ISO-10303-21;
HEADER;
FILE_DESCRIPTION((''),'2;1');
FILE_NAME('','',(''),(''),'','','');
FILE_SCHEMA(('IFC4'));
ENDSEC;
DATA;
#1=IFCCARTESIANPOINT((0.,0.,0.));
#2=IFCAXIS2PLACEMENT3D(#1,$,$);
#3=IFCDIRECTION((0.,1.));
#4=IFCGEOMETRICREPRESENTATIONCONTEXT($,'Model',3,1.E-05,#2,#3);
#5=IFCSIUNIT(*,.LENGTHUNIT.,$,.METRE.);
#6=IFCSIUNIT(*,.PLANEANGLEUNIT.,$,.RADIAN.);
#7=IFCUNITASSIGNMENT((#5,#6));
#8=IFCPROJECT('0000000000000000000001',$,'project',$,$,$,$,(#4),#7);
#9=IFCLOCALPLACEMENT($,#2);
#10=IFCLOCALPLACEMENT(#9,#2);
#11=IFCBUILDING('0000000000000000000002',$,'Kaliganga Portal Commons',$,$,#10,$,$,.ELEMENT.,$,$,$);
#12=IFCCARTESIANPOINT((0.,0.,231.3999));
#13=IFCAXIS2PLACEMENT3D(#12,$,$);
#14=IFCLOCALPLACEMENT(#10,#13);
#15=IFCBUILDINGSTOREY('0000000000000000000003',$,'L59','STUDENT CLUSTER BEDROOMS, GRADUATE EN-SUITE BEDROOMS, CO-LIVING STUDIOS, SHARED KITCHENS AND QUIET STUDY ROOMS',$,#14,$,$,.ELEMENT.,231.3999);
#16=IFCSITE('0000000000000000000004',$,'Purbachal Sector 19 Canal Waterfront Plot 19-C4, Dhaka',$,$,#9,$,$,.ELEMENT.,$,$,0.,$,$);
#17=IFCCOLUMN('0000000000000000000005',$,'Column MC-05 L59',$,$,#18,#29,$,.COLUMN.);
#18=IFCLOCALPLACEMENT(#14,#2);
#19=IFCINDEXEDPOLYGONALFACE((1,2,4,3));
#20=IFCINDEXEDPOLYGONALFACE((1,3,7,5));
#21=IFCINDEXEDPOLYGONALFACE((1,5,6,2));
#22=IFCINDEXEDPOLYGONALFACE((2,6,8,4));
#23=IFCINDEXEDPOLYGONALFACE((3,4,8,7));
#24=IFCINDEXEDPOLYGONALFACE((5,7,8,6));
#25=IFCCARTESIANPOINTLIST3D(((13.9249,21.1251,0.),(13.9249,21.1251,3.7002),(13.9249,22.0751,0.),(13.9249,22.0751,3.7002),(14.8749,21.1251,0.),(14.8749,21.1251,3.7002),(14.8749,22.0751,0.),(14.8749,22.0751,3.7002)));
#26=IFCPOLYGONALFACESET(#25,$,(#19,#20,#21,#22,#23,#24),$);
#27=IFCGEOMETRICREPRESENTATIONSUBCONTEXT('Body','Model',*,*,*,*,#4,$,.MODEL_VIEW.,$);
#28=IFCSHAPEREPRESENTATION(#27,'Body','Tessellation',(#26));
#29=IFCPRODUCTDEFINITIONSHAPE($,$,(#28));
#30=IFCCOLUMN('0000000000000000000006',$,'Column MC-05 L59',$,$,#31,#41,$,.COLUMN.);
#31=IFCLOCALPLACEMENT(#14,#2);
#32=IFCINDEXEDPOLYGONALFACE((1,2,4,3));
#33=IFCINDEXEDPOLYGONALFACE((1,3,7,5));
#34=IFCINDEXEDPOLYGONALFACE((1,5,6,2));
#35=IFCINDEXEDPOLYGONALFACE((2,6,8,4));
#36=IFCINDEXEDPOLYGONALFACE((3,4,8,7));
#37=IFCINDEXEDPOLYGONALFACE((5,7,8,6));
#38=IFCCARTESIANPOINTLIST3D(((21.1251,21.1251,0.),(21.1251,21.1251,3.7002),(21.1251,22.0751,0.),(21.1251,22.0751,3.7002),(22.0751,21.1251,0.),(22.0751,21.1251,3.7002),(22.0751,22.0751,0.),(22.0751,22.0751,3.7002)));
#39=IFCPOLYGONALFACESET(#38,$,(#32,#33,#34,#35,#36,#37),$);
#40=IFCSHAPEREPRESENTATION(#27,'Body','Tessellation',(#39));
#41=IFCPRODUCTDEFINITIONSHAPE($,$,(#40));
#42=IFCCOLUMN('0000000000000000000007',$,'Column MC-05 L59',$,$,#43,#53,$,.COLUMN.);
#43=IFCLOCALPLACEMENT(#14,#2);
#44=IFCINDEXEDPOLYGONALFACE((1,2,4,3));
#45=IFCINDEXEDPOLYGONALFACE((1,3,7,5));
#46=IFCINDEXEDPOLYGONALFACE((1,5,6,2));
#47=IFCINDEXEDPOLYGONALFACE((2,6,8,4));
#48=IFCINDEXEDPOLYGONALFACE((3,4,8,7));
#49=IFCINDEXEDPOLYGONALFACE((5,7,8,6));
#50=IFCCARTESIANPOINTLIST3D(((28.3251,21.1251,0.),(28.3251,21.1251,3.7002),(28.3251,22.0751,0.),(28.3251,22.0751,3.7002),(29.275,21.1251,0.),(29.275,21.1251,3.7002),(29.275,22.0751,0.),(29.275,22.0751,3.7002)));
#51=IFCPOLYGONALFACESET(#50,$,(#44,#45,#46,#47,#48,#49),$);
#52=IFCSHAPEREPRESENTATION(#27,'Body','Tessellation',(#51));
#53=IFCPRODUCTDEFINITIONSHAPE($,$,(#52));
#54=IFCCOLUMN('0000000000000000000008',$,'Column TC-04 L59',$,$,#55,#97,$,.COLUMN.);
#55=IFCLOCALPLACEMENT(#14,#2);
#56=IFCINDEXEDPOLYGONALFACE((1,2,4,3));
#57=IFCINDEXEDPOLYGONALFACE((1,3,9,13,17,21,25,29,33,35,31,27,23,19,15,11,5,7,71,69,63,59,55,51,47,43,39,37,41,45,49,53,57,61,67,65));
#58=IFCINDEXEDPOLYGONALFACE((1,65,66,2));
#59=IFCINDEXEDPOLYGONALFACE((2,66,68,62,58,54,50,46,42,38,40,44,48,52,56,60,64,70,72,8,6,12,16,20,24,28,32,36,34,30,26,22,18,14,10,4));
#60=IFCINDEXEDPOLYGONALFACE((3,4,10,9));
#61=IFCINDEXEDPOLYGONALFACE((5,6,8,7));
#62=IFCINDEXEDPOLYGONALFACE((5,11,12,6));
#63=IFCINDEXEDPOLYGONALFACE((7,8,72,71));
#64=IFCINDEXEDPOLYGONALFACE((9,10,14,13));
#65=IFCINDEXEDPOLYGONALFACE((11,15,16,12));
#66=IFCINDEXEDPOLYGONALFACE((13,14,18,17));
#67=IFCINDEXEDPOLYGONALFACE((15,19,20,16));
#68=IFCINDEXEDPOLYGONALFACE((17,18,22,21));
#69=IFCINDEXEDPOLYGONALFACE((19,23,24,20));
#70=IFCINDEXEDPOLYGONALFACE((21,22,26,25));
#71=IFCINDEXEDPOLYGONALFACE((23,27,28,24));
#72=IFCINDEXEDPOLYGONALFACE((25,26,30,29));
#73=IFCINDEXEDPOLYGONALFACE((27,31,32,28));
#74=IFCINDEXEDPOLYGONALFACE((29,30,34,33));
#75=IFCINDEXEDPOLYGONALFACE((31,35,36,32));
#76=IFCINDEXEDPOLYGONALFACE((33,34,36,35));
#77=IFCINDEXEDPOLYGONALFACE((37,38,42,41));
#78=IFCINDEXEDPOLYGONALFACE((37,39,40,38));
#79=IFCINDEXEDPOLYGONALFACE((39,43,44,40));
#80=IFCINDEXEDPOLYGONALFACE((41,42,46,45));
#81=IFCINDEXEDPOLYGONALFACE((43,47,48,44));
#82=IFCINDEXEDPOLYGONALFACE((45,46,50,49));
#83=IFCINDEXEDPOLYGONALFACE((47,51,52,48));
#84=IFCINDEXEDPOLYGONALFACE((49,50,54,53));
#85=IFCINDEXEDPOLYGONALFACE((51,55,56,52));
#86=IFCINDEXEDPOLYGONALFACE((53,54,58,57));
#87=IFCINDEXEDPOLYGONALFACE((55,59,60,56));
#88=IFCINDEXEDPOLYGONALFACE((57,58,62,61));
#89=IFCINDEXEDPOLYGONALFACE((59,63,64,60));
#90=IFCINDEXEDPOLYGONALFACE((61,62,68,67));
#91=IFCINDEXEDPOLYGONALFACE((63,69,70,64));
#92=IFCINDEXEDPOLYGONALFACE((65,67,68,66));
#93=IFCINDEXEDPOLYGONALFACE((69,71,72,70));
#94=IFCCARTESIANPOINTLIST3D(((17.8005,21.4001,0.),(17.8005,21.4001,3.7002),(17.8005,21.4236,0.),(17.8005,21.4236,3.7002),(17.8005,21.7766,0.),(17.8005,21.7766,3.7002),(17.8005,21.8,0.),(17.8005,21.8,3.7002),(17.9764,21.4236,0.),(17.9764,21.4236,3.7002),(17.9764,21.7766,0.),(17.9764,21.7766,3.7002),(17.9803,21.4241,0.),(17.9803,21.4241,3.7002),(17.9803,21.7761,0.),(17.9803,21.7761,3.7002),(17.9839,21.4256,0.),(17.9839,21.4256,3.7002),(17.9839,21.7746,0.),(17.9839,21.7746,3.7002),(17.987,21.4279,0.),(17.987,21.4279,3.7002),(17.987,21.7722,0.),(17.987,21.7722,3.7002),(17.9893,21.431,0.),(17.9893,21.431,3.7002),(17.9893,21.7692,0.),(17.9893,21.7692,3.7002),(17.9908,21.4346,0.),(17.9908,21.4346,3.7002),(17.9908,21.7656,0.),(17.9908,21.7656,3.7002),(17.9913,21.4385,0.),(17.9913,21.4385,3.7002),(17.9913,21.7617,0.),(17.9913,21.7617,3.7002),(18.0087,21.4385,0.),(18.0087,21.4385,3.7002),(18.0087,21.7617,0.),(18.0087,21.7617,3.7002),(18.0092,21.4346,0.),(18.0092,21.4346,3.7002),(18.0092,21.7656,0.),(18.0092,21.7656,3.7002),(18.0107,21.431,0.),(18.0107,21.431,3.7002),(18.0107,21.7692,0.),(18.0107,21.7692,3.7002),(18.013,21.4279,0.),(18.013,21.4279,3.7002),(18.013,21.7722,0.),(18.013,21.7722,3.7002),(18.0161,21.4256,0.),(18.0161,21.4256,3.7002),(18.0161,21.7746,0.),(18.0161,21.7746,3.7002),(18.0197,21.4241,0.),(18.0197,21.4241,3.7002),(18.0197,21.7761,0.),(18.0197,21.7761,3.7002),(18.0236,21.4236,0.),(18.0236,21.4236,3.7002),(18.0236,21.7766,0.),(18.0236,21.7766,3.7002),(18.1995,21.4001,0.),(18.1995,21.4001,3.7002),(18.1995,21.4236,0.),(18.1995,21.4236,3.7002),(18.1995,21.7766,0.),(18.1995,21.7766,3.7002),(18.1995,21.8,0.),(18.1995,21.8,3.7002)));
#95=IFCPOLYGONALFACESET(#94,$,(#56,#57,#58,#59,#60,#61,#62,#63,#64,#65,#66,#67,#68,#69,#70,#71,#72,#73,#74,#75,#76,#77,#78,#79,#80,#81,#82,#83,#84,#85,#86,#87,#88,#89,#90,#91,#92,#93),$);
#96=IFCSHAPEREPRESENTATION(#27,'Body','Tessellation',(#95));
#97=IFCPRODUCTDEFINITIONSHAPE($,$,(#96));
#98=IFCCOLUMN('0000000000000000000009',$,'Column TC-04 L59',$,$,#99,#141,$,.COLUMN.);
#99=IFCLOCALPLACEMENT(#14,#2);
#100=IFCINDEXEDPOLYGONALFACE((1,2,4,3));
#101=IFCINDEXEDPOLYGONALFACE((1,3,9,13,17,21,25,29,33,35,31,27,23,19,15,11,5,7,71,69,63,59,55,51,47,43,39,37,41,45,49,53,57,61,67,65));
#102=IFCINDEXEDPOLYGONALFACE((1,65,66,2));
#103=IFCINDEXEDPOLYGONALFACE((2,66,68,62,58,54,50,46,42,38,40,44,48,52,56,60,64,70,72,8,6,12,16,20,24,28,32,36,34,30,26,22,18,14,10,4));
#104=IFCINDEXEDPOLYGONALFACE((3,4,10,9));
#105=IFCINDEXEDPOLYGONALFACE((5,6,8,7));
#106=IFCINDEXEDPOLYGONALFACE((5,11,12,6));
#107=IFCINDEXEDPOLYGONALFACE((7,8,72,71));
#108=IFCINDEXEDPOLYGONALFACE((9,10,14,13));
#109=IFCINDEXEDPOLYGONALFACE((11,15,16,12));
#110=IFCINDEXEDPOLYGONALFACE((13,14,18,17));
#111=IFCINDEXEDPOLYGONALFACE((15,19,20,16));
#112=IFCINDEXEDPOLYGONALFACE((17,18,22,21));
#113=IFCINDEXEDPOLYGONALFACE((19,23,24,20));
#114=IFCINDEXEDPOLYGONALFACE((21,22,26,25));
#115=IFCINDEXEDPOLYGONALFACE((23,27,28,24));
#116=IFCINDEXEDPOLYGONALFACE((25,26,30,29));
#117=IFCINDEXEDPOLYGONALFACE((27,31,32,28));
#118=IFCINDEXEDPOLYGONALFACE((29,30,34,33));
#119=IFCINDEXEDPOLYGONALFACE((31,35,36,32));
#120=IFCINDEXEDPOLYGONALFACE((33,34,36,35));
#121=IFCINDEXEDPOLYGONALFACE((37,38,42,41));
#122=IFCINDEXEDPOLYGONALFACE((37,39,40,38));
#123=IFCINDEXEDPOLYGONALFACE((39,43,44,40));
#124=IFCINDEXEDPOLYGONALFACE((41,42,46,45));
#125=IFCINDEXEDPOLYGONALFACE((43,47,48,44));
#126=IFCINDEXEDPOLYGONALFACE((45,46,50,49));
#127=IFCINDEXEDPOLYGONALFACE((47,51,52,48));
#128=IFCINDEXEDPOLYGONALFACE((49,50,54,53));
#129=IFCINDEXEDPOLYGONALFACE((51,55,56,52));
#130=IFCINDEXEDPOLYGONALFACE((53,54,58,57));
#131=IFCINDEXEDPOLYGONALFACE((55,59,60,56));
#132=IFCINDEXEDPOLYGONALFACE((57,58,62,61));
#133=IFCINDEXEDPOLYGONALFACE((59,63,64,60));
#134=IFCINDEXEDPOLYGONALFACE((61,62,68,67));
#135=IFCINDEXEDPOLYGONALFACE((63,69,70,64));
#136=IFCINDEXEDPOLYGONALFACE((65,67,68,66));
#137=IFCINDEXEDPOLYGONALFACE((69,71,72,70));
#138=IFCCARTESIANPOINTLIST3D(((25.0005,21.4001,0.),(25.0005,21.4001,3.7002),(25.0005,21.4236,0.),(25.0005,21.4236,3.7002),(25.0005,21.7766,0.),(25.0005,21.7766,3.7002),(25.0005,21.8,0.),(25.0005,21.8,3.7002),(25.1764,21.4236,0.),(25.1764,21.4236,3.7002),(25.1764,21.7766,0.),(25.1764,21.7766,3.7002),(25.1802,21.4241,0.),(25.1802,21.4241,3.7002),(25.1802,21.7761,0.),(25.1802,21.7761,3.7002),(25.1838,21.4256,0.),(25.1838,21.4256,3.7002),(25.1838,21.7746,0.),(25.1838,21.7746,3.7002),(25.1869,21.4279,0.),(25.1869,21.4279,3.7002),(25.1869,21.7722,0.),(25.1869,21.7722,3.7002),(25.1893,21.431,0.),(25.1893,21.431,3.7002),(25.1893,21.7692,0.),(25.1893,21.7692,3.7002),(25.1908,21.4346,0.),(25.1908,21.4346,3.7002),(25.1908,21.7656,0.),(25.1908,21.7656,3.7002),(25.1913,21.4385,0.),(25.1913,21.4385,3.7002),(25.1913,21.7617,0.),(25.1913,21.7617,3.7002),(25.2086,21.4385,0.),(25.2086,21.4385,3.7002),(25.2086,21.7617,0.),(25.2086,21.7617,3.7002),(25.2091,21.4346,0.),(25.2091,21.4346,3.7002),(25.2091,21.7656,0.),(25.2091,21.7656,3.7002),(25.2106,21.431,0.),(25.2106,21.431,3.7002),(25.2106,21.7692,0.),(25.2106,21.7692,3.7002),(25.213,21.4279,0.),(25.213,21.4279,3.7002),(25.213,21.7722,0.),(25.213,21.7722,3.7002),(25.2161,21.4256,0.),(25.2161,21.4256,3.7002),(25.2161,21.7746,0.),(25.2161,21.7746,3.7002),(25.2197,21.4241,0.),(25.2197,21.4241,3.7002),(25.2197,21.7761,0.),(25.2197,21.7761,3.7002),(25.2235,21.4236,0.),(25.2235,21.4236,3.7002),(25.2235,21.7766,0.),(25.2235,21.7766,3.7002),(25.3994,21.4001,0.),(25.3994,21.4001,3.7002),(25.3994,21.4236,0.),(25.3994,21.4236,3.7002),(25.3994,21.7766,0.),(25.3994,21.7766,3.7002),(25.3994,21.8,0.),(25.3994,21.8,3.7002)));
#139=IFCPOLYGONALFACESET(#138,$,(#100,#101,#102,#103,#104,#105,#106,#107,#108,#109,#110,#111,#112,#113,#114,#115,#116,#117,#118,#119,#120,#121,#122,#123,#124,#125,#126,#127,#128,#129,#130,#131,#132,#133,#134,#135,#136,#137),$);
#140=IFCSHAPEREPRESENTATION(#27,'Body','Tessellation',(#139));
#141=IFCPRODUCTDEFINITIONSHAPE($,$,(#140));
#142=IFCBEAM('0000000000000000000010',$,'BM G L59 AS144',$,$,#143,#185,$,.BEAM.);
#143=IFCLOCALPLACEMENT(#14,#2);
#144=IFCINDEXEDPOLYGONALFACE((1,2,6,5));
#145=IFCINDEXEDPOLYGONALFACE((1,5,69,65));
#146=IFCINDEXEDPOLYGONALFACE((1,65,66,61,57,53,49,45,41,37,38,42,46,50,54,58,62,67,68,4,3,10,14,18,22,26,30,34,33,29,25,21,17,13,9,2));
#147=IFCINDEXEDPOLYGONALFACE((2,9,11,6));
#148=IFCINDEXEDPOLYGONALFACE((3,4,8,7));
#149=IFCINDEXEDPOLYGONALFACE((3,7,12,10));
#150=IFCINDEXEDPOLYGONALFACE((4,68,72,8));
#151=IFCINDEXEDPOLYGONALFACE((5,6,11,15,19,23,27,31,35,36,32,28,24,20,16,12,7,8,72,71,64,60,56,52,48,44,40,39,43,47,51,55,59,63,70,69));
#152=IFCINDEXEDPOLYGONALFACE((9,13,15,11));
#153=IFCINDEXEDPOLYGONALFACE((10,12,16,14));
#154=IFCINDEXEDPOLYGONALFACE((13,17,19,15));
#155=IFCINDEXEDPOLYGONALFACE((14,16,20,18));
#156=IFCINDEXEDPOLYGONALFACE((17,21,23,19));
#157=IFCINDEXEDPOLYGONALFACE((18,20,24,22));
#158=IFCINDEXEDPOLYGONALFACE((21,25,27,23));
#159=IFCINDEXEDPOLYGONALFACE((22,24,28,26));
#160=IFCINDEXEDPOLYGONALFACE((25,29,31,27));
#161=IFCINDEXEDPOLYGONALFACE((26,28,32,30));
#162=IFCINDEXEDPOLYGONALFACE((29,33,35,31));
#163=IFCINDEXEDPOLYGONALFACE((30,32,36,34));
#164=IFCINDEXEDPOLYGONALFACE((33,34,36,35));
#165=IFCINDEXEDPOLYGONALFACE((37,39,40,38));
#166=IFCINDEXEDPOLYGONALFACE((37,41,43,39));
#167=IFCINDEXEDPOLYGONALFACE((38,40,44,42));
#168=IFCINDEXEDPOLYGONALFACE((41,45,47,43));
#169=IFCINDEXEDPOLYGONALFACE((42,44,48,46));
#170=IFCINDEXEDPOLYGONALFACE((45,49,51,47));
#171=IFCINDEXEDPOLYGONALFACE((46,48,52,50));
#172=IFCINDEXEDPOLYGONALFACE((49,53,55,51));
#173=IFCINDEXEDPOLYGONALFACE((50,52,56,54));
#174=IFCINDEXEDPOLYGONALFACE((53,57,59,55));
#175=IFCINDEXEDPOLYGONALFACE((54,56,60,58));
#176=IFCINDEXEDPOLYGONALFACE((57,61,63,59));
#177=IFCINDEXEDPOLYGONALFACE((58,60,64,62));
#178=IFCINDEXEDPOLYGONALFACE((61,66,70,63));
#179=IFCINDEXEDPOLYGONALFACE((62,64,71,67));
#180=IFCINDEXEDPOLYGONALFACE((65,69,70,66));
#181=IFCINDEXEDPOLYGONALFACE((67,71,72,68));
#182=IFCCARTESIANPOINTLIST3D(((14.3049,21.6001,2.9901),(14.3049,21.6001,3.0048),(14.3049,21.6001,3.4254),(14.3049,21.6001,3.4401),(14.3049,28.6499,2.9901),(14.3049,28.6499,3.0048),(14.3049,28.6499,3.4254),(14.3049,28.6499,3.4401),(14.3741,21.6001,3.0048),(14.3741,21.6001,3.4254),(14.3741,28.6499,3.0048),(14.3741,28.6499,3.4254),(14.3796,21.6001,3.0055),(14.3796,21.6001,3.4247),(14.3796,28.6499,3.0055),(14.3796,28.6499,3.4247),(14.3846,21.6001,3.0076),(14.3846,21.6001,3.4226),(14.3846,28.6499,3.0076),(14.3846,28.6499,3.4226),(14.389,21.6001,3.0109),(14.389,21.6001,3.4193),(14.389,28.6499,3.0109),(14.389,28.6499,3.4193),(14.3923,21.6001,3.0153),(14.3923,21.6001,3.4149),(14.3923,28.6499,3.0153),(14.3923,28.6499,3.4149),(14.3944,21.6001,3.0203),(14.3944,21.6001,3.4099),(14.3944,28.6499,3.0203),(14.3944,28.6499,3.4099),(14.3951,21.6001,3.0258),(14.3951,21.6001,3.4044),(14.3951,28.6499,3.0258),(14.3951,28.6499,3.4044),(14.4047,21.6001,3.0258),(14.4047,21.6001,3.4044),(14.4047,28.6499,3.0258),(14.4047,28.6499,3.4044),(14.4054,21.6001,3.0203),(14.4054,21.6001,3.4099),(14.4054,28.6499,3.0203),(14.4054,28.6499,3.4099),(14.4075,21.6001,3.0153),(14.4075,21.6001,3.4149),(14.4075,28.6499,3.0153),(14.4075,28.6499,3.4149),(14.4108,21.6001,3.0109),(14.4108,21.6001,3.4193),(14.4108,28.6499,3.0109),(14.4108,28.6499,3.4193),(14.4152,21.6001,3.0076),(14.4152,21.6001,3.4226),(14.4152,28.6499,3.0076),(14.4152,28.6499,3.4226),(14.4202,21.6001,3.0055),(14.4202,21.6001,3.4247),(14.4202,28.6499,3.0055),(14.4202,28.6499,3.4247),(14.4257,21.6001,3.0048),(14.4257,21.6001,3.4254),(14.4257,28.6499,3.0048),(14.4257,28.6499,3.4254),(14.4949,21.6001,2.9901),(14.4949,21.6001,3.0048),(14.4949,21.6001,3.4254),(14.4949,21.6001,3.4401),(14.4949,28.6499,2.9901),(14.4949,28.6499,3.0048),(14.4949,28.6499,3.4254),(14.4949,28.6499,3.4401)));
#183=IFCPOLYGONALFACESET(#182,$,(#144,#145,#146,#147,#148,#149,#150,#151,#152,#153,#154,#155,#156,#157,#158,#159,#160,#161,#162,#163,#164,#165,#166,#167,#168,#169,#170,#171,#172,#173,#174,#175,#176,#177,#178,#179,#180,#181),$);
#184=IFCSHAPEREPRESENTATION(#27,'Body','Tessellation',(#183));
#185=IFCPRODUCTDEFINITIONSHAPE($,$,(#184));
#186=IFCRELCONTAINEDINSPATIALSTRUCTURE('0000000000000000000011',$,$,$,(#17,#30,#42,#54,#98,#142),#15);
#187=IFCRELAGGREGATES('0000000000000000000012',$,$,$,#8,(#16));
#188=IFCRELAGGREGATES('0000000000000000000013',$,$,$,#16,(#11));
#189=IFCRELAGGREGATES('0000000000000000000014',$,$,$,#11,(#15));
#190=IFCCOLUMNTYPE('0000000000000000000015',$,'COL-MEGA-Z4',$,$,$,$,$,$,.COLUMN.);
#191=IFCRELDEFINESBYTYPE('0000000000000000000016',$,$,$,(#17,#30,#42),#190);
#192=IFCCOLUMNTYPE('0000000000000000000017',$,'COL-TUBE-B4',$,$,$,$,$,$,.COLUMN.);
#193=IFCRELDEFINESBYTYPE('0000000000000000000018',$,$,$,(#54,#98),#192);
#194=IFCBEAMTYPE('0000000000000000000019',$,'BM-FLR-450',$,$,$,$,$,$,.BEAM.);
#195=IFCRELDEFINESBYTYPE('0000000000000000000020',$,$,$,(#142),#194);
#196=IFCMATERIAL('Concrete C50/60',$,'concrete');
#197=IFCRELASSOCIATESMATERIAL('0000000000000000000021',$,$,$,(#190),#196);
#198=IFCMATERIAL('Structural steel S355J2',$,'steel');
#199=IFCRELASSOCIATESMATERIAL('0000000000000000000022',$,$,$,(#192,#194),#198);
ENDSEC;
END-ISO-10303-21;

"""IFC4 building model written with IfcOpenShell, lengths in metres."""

from ifc_helpers import new_model, si_unit, direction, frame, origin, origin_2d, place, context, subcontext, project, spatial, rectangle, i_section, extrude, source, transform, mapped, material, material_profile, profile_set, type_object, element, save


model = new_model("IFC4")

# Units and contexts
model_context = context("Model", 3, precision=1e-05, world=origin(), true_north=direction((0.0, 1.0)))
body_context = subcontext(model_context, "Body", "Model", "MODEL_VIEW")
ifc_project = project(units=[si_unit("LENGTHUNIT", "METRE"), si_unit("PLANEANGLEUNIT", "RADIAN")], contexts=[model_context])

# Site, building, storey
site_placement = place(None, origin())
site = spatial("IfcSite", under=ifc_project, at=site_placement, Name="Purbachal Sector 19 Canal Waterfront Plot 19-C4, Dhaka", CompositionType="ELEMENT", RefElevation=0.0)
building_placement = place(site_placement, origin())
building = spatial("IfcBuilding", under=site, at=building_placement, Name="Kaliganga Portal Commons", CompositionType="ELEMENT")
storey_placement = place(building_placement, frame((0.0, 0.0, 231.3999)))
storey = spatial("IfcBuildingStorey", under=building, at=storey_placement, Name="L59", Description="STUDENT CLUSTER BEDROOMS, GRADUATE EN-SUITE BEDROOMS, CO-LIVING STUDIOS, SHARED KITCHENS AND QUIET STUDY ROOMS", CompositionType="ELEMENT", Elevation=231.3999)

# Columns
ifc_material_1 = material(Name="Concrete C50/60", Category="concrete")
ifc_material_profile_1 = material_profile(ifc_material_1, rectangle(XDim=0.95, YDim=0.95, at=origin_2d()), Name="RC 950x950")
ifc_profile_set_1 = profile_set([ifc_material_profile_1], Name="Concrete C50/60")
column_type_1 = type_object("IfcColumnType", Name="COL-MEGA-Z4", PredefinedType="COLUMN", material=ifc_profile_set_1)
shared_shape_1 = source(origin(), body_context, "Body", "SweptSolid", [
    extrude(rectangle(XDim=0.95, YDim=0.95, at=origin_2d()), origin(), (0.0, 0.0, 1.0), 3.7002),
])
for number, where, z_axis, x_axis, name in (
    (1, (14.3999, 21.6001, 0.0), (0.0, 0.0, 1.0), (1.0, 0.0, 0.0), "Column MC-05 L59"),
    (2, (21.6001, 21.6001, 0.0), (0.0, 0.0, 1.0), (1.0, 0.0, 0.0), "Column MC-05 L59"),
    (3, (28.8, 21.6001, 0.0), (0.0, 0.0, 1.0), (1.0, 0.0, 0.0), "Column MC-05 L59"),
):
    element("IfcColumn", number, at=place(storey_placement, frame(where, z_axis=z_axis, x_axis=x_axis)), inside=storey, type_object=column_type_1, Name=name, PredefinedType="COLUMN", context=body_context, shape_type="MappedRepresentation", body=[
        mapped(shared_shape_1, transform((0.0, 0.0, 0.0), x_axis=(1.0, 0.0, 0.0), y_axis=(0.0, 1.0, 0.0), z_axis=(0.0, 0.0, 1.0), scale=1.0)),
    ])
ifc_material_2 = material(Name="Structural steel S355J2", Category="steel")
ifc_material_profile_2 = material_profile(ifc_material_2, i_section(OverallWidth=0.3989, OverallDepth=0.3999, WebThickness=0.0173, FlangeThickness=0.0234, FilletRadius=0.0149, at=origin_2d()), Name="HD 400x287")
ifc_profile_set_2 = profile_set([ifc_material_profile_2], Name="Structural steel S355J2 wide-flange")
column_type_2 = type_object("IfcColumnType", Name="COL-TUBE-B4", PredefinedType="COLUMN", material=ifc_profile_set_2)
shared_shape_2 = source(origin(), body_context, "Body", "SweptSolid", [
    extrude(i_section(OverallWidth=0.3989, OverallDepth=0.3999, WebThickness=0.0173, FlangeThickness=0.0234, FilletRadius=0.0149, at=origin_2d()), origin(), (0.0, 0.0, 1.0), 3.7002),
])
for number, where, z_axis, x_axis, name in (
    (4, (18.0, 21.6001, 0.0), (0.0, 0.0, 1.0), (1.0, 0.0, 0.0), "Column TC-04 L59"),
    (5, (25.2, 21.6001, 0.0), (0.0, 0.0, 1.0), (1.0, 0.0, 0.0), "Column TC-04 L59"),
):
    element("IfcColumn", number, at=place(storey_placement, frame(where, z_axis=z_axis, x_axis=x_axis)), inside=storey, type_object=column_type_2, Name=name, PredefinedType="COLUMN", context=body_context, shape_type="MappedRepresentation", body=[
        mapped(shared_shape_2, transform((0.0, 0.0, 0.0), x_axis=(1.0, 0.0, 0.0), y_axis=(0.0, 1.0, 0.0), z_axis=(0.0, 0.0, 1.0), scale=1.0)),
    ])

# Beam
ifc_material_profile_3 = material_profile(ifc_material_2, i_section(OverallWidth=0.1899, OverallDepth=0.45, WebThickness=0.0095, FlangeThickness=0.0146, FilletRadius=0.021, at=origin_2d()), Name="IPE 450")
ifc_profile_set_3 = profile_set([ifc_material_profile_3], Name="Structural steel S355J2 wide-flange")
beam_type_1 = type_object("IfcBeamType", Name="BM-FLR-450", PredefinedType="BEAM", material=ifc_profile_set_3)
shared_shape_3 = source(origin(), body_context, "Body", "SweptSolid", [
    extrude(i_section(OverallWidth=0.1899, OverallDepth=0.45, WebThickness=0.0095, FlangeThickness=0.0146, FilletRadius=0.021, at=origin_2d()), origin(), (0.0, 0.0, 1.0), 7.0498),
])
for number, where, z_axis, x_axis, name in (
    (6, (14.3999, 21.6001, 3.2151), (0.0, 1.0, 0.0), (-1.0, 0.0, 0.0), "BM G L59 AS144"),
):
    element("IfcBeam", number, at=place(storey_placement, frame(where, z_axis=z_axis, x_axis=x_axis)), inside=storey, type_object=beam_type_1, Name=name, PredefinedType="BEAM", context=body_context, shape_type="MappedRepresentation", body=[
        mapped(shared_shape_3, transform((0.0, 0.0, 0.0), x_axis=(1.0, 0.0, 0.0), y_axis=(0.0, 1.0, 0.0), z_axis=(0.0, 0.0, 1.0), scale=1.0)),
    ])

save(model, "model.ifc")
